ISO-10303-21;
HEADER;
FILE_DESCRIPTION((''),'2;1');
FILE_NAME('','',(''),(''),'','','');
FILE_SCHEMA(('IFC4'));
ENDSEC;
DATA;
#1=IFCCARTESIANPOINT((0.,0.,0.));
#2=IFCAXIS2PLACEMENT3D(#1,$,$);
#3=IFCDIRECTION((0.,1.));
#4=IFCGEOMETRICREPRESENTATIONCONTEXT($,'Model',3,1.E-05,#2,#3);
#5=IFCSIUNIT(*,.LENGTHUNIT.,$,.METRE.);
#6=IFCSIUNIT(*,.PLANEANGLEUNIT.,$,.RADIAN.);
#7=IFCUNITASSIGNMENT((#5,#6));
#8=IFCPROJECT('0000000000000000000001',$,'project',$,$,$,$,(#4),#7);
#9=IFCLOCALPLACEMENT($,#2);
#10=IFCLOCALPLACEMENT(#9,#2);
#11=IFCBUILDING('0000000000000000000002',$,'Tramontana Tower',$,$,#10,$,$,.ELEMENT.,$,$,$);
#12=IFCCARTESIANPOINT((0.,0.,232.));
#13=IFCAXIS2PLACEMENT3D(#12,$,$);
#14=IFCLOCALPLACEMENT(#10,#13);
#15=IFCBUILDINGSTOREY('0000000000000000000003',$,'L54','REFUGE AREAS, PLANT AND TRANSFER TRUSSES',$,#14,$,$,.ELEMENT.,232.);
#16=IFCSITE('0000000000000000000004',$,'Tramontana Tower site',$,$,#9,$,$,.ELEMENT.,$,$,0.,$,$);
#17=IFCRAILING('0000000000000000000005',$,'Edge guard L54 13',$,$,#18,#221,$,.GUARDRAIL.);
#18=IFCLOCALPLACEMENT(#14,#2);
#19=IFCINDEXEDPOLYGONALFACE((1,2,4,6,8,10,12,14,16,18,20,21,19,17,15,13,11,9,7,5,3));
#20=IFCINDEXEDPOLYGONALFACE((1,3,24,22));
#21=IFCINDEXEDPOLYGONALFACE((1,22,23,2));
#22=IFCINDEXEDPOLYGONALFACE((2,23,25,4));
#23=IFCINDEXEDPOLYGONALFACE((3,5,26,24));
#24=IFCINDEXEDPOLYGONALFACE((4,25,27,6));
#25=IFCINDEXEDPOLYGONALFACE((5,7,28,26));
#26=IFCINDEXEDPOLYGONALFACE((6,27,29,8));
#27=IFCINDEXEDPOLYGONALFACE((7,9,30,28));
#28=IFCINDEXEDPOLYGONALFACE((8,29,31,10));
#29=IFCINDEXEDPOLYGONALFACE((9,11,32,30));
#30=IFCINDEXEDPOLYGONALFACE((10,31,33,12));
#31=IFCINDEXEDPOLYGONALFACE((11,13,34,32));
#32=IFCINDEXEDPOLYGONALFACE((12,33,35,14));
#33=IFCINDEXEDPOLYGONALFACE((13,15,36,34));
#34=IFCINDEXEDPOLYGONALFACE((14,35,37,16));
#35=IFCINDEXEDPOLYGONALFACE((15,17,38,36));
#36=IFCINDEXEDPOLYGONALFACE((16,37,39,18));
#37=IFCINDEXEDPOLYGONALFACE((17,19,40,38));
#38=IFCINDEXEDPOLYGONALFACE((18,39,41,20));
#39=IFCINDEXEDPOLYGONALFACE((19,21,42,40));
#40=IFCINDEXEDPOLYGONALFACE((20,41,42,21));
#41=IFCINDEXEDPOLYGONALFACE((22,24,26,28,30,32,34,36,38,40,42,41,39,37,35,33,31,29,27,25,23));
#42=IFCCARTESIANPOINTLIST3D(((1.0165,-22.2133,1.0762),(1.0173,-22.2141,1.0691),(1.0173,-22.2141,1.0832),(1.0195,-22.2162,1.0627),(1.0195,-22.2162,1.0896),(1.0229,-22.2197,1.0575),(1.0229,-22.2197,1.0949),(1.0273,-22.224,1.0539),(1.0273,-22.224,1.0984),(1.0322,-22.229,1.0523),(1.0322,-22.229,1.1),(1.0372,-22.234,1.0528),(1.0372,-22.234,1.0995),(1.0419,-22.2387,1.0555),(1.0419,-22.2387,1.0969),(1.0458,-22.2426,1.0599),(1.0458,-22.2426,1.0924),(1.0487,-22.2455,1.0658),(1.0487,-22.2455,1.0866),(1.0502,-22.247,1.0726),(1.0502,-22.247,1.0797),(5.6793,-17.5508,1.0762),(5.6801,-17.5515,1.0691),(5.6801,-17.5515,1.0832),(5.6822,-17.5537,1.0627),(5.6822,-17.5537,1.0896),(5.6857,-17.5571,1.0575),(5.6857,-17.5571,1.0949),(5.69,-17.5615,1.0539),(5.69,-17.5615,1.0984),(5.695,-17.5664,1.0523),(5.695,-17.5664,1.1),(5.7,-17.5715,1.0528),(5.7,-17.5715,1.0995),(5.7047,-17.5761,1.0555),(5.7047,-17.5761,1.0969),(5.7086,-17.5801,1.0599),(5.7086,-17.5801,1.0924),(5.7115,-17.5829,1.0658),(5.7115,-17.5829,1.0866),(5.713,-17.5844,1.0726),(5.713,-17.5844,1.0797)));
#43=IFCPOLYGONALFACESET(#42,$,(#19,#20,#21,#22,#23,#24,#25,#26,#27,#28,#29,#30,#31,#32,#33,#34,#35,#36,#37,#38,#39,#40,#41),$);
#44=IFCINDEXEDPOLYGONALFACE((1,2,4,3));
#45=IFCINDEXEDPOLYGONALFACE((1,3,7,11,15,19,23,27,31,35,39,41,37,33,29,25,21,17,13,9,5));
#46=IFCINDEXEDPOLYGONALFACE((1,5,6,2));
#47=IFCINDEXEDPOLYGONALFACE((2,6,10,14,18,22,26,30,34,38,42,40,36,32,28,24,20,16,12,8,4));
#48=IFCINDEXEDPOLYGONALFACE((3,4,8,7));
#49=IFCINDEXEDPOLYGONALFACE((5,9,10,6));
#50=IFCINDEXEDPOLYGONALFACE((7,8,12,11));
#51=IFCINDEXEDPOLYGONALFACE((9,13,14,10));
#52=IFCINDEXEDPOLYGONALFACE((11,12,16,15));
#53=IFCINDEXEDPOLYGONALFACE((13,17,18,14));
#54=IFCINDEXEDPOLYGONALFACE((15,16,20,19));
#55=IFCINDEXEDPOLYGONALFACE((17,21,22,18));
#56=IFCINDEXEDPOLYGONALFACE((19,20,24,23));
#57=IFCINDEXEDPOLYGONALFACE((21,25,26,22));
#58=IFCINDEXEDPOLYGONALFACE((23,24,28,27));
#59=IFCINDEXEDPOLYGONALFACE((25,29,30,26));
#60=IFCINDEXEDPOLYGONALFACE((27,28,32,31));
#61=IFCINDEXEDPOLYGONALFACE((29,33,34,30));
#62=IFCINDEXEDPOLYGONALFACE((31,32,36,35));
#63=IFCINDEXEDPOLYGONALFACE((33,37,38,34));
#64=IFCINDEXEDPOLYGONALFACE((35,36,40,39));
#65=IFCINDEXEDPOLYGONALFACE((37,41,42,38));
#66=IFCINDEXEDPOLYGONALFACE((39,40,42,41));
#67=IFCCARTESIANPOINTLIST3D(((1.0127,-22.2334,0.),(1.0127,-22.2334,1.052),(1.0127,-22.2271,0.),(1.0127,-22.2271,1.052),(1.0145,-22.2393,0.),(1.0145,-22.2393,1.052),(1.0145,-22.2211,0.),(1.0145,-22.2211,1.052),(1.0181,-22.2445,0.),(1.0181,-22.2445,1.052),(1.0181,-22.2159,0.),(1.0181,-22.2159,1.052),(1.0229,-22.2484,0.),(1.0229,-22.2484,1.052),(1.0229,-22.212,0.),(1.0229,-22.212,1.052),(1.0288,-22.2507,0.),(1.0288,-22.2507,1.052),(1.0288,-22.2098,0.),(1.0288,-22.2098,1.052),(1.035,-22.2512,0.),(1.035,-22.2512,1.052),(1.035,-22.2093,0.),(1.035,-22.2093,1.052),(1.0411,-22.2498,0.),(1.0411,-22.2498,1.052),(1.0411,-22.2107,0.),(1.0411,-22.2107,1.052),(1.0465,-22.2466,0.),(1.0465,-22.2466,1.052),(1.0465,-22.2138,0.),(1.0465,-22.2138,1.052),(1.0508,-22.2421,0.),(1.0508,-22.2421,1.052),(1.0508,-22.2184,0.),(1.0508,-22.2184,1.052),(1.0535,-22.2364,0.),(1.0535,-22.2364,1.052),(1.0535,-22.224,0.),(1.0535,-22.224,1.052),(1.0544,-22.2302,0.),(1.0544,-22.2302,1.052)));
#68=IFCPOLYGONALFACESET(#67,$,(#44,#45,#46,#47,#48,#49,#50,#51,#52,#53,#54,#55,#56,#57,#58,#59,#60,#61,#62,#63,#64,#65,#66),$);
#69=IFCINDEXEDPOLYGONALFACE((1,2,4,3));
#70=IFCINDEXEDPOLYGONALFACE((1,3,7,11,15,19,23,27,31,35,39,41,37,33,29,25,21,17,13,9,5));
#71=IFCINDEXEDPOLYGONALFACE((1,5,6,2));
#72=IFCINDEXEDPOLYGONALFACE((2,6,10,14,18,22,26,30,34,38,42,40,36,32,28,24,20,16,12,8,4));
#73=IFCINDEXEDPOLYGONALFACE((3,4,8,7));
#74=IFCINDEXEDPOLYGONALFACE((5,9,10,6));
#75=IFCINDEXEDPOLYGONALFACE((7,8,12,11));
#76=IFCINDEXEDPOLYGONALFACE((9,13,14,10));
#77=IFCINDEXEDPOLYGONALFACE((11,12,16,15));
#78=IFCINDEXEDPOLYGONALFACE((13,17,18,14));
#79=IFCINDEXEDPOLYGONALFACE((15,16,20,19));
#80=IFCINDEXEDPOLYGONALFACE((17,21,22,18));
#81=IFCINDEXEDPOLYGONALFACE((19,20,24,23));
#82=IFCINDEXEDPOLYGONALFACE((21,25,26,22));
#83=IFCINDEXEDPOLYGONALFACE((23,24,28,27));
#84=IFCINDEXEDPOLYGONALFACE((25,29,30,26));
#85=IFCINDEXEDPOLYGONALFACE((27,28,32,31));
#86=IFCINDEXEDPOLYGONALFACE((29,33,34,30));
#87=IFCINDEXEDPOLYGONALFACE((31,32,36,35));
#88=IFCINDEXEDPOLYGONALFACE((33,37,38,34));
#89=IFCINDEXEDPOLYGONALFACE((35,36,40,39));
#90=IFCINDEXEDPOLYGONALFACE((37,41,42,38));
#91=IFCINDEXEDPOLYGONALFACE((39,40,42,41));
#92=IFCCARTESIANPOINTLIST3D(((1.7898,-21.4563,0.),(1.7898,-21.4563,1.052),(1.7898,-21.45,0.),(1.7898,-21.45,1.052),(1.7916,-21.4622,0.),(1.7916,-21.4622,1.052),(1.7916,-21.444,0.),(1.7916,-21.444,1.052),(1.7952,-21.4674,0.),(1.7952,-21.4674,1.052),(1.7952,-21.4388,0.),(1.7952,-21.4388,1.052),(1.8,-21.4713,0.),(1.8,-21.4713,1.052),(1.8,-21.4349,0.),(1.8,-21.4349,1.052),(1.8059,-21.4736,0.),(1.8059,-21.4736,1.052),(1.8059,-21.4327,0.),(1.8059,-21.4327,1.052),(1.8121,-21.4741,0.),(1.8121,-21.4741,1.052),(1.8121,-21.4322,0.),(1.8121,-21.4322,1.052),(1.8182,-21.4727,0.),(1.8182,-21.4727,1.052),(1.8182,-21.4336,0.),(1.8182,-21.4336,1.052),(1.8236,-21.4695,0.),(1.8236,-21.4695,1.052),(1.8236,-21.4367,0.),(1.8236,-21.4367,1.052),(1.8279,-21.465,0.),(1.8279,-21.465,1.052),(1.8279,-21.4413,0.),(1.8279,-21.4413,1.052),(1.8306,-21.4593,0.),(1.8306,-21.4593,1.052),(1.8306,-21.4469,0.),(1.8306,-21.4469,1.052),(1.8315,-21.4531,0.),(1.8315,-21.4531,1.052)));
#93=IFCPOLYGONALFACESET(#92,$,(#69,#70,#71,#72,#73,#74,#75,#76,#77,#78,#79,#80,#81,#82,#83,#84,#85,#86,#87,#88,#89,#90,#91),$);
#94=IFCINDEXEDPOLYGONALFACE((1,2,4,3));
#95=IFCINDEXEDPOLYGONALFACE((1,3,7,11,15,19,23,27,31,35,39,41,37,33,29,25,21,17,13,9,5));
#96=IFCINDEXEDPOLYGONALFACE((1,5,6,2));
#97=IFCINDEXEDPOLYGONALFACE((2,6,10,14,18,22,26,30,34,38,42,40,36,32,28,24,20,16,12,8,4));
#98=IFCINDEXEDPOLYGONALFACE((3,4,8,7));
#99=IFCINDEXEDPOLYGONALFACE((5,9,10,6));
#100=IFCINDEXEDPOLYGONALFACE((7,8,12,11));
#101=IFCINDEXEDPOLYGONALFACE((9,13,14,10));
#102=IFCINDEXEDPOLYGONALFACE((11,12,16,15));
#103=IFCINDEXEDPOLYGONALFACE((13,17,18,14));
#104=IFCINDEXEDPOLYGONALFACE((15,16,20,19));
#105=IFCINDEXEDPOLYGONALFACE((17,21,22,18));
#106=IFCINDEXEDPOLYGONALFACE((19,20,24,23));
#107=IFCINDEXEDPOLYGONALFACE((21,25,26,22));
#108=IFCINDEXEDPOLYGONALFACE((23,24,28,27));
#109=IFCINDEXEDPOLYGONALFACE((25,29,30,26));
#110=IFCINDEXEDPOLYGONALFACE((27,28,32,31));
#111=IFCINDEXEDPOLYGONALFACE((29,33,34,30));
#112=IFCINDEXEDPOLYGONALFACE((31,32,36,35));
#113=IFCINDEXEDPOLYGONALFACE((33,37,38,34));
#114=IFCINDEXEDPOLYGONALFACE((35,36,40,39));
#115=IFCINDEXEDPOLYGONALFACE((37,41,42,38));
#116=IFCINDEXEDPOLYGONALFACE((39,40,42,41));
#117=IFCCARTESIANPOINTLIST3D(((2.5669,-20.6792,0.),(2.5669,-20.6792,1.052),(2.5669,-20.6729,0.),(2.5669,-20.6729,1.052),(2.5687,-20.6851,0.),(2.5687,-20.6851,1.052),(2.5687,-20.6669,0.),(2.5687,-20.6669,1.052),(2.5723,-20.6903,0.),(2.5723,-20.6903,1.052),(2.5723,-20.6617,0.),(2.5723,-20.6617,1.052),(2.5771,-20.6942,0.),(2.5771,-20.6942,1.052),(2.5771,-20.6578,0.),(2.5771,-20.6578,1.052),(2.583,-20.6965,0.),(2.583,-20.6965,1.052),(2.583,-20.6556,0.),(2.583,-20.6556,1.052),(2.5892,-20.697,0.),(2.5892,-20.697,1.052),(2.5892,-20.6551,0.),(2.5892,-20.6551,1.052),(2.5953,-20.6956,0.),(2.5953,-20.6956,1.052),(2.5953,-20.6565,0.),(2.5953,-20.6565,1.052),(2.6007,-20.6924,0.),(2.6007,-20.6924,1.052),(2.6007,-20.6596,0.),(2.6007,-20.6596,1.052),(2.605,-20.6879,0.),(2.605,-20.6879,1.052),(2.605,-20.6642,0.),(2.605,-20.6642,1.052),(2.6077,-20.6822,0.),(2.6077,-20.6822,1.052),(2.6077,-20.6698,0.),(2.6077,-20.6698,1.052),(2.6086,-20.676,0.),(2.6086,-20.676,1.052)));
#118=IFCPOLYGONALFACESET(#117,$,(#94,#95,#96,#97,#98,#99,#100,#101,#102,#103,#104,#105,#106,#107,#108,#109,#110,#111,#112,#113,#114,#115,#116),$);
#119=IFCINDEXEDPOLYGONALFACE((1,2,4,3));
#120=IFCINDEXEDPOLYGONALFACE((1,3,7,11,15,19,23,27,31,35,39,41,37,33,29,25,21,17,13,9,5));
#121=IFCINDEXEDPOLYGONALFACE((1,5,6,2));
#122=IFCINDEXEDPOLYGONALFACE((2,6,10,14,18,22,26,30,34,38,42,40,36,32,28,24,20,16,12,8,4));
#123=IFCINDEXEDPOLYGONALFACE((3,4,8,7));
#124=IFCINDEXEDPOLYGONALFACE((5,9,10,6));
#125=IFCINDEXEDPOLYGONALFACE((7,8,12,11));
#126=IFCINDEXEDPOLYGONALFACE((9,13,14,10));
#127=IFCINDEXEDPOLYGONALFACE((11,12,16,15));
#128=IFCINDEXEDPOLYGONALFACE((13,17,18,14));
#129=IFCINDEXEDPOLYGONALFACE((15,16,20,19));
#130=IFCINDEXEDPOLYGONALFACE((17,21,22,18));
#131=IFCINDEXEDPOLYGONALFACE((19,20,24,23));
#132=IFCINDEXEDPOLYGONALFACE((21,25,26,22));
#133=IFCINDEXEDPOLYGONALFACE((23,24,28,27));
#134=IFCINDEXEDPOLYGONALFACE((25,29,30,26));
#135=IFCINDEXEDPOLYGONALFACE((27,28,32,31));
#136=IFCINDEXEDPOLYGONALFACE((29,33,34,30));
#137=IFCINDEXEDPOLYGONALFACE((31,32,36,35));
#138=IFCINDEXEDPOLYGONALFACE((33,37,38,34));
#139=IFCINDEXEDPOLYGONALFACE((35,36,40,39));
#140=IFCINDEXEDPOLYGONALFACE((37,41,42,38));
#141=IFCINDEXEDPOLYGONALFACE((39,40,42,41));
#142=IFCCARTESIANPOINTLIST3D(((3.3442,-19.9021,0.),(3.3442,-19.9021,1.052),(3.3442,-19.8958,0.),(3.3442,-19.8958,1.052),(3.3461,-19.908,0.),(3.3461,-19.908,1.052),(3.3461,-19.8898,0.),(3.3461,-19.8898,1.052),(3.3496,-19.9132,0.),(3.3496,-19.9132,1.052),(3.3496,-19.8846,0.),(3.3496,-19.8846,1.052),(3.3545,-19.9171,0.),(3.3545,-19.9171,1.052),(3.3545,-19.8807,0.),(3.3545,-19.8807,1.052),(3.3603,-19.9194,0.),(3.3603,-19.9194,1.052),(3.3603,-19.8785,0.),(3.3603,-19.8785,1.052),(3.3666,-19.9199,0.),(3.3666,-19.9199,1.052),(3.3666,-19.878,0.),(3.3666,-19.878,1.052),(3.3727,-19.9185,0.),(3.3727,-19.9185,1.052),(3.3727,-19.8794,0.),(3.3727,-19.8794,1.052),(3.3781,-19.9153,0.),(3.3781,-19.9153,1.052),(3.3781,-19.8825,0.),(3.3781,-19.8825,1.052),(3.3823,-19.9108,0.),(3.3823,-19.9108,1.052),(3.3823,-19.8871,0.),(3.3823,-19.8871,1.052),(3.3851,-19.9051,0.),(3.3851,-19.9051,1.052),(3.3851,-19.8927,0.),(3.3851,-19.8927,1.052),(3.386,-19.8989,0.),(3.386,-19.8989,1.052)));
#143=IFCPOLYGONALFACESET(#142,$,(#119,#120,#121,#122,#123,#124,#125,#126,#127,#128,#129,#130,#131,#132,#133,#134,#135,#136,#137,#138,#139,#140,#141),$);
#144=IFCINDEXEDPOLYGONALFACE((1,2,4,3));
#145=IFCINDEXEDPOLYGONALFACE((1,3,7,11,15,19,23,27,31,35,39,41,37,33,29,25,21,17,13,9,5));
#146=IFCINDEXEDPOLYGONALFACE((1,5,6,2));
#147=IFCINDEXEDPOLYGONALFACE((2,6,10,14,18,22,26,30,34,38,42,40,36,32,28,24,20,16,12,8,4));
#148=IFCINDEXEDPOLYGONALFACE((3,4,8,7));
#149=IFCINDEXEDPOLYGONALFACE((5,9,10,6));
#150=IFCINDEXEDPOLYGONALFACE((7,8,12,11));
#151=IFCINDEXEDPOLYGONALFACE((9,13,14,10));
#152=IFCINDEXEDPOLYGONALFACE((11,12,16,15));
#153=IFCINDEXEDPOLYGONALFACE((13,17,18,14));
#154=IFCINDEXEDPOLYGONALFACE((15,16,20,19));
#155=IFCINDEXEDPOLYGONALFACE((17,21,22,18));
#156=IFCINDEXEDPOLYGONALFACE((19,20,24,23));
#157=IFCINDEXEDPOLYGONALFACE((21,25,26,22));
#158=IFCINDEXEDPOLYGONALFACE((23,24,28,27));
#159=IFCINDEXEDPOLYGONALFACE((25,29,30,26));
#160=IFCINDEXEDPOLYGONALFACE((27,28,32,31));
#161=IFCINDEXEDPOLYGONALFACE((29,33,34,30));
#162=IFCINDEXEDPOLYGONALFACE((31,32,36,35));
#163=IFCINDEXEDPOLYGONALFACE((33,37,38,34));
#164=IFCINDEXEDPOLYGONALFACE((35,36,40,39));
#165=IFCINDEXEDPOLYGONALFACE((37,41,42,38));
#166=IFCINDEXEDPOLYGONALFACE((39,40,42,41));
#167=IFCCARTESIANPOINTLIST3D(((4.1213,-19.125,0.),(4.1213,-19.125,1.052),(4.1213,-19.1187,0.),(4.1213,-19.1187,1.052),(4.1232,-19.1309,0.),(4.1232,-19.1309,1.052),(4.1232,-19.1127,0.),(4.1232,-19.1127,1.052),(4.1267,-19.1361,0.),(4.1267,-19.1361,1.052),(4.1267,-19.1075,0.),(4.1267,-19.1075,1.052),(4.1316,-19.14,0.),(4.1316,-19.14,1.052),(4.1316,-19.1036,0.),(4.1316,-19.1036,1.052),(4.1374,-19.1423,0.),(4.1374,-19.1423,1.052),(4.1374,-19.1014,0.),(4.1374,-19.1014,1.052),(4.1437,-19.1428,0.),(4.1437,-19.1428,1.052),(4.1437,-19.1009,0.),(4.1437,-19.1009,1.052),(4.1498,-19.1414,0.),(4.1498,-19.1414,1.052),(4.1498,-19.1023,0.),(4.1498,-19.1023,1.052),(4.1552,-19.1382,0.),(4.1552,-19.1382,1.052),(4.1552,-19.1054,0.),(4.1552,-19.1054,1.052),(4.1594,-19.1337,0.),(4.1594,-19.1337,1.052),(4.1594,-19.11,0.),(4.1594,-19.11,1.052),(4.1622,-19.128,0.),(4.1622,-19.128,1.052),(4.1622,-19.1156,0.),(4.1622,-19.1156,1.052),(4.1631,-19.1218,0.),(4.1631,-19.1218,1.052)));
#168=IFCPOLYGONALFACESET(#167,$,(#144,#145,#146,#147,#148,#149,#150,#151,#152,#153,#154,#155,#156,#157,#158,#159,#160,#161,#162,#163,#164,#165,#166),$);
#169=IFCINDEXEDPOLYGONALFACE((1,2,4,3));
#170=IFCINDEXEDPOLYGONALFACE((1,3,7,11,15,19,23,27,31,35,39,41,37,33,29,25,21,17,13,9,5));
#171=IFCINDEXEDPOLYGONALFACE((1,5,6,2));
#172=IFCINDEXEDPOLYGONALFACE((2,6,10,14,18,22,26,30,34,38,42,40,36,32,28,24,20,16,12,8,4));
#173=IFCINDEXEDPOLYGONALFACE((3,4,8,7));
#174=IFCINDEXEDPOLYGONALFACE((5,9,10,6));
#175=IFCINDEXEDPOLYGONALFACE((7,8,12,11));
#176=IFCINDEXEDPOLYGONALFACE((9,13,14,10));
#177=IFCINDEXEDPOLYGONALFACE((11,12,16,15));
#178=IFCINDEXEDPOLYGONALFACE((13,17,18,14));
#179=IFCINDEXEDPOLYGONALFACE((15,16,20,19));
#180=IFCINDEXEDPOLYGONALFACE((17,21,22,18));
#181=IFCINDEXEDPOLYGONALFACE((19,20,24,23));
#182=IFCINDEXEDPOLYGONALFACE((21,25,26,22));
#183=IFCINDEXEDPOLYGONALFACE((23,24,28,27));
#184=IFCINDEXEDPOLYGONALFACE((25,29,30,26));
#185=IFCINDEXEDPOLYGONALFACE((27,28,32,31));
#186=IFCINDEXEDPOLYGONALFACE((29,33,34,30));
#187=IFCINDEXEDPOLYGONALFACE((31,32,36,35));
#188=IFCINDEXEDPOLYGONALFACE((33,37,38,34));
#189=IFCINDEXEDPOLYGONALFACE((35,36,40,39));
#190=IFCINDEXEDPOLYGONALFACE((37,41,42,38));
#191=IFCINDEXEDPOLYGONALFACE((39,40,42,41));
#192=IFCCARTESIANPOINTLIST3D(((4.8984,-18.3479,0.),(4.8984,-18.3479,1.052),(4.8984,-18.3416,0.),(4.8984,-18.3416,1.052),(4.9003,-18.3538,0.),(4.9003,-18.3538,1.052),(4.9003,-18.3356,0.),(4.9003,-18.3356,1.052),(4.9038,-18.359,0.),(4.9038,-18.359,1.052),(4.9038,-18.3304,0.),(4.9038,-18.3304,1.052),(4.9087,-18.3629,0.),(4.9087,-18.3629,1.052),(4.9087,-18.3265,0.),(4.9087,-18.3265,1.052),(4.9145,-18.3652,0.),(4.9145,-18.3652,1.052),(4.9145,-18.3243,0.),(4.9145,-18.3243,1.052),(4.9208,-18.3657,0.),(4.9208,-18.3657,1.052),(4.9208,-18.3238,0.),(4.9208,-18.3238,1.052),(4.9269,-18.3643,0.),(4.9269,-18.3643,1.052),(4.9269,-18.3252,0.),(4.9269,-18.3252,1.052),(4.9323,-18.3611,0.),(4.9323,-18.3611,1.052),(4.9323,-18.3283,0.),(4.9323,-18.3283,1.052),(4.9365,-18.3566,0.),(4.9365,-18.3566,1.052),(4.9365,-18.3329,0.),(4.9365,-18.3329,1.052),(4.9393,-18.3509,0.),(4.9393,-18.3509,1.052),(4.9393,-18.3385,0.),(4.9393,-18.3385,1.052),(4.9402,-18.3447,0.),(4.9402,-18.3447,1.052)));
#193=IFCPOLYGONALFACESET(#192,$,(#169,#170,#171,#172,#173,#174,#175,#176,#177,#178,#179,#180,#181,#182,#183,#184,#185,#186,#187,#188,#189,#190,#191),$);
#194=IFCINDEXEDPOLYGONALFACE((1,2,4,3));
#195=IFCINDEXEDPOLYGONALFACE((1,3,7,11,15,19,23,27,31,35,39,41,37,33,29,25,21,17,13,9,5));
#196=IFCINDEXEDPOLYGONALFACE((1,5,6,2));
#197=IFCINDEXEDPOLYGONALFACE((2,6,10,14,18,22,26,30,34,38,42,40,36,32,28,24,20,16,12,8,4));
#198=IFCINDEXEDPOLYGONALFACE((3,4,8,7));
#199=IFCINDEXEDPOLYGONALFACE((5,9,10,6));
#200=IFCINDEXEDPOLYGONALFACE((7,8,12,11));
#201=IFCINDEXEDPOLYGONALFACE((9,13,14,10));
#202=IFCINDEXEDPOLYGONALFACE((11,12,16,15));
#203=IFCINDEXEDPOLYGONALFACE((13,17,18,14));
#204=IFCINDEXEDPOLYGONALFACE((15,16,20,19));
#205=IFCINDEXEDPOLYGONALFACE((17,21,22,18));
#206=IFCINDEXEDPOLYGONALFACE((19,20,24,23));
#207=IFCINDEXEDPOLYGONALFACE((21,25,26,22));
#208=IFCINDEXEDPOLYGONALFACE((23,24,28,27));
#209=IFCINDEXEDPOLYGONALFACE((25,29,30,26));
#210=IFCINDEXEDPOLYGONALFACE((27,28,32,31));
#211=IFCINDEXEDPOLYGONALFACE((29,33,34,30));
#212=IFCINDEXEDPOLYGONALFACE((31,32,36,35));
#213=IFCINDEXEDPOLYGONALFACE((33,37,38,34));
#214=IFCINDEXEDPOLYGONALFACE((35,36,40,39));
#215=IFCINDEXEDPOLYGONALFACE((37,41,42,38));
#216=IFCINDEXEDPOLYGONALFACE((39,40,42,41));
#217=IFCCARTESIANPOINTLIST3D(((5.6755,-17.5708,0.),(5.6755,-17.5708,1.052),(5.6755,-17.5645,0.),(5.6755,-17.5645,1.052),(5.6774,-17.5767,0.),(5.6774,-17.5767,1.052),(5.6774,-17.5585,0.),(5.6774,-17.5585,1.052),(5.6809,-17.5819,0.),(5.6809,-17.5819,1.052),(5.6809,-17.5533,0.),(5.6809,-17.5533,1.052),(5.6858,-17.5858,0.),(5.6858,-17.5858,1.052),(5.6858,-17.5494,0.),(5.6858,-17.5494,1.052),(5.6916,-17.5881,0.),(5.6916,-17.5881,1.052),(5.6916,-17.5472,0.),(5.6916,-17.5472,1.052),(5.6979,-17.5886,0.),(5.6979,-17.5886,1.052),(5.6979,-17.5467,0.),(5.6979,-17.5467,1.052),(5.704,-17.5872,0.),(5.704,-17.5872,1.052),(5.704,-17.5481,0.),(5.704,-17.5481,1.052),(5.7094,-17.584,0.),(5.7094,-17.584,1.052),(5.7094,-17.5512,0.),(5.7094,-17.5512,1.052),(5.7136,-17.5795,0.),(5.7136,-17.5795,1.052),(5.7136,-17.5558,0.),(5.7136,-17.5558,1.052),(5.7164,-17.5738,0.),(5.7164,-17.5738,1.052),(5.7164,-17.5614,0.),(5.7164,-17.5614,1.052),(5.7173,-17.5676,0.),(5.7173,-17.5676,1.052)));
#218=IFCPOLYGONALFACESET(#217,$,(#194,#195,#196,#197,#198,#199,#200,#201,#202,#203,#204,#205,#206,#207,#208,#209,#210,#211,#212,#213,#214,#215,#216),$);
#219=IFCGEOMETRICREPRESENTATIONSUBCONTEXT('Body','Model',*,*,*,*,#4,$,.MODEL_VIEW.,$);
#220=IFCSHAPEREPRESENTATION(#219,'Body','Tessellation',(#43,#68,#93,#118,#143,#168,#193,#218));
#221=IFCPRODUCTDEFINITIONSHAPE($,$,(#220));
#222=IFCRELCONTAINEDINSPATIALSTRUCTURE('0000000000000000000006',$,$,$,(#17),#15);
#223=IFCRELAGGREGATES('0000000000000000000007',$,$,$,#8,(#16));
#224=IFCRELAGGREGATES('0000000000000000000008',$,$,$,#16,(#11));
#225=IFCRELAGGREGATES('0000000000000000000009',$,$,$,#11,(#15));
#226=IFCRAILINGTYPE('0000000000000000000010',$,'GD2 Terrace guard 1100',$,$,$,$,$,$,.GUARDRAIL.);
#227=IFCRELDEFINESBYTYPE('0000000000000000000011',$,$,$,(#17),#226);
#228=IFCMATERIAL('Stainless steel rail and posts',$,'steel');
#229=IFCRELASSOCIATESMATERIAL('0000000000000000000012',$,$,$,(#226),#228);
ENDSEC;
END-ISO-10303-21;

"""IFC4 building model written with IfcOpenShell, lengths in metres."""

from ifc_helpers import new_model, si_unit, direction, frame, origin, origin_2d, place, context, subcontext, project, spatial, circle, extrude, material, type_object, element, save


model = new_model("IFC4")

# Units and contexts
model_context = context("Model", 3, precision=1e-05, world=origin(), true_north=direction((0.0, 1.0)))
body_context = subcontext(model_context, "Body", "Model", "MODEL_VIEW")
ifc_project = project(units=[si_unit("LENGTHUNIT", "METRE"), si_unit("PLANEANGLEUNIT", "RADIAN")], contexts=[model_context])

# Site, building, storey
site_placement = place(None, origin())
site = spatial("IfcSite", under=ifc_project, at=site_placement, Name="Tramontana Tower site", CompositionType="ELEMENT", RefElevation=0.0)
building_placement = place(site_placement, origin())
building = spatial("IfcBuilding", under=site, at=building_placement, Name="Tramontana Tower", CompositionType="ELEMENT")
storey_placement = place(building_placement, frame((0.0, 0.0, 232.0)))
storey = spatial("IfcBuildingStorey", under=building, at=storey_placement, Name="L54", Description="REFUGE AREAS, PLANT AND TRANSFER TRUSSES", CompositionType="ELEMENT", Elevation=232.0)

# Railing
ifc_material_1 = material(Name="Stainless steel rail and posts", Category="steel")
railing_type = type_object("IfcRailingType", Name="GD2 Terrace guard 1100", PredefinedType="GUARDRAIL", material=ifc_material_1)
railing_1_placement = place(storey_placement, frame((1.0334, -22.2302, 0.0)))
element("IfcRailing", 1, at=railing_1_placement, inside=storey, type_object=railing_type, Name="Edge guard L54 13", PredefinedType="GUARDRAIL", context=body_context, shape_type="SweptSolid", body=[
    extrude(circle(Radius=0.0239, at=origin_2d()), frame((0.0, 0.0, 1.0762), z_axis=(0.707125, 0.707088, 0.0), x_axis=(-0.707088, 0.707125, 0.0)), (0.0, 0.0, 1.0), 6.594),
    extrude(circle(Radius=0.021, at=origin_2d()), origin(), (0.0, 0.0, 1.0), 1.052),
    extrude(circle(Radius=0.021, at=origin_2d()), frame((0.7771, 0.7771, 0.0)), (0.0, 0.0, 1.0), 1.052),
    extrude(circle(Radius=0.021, at=origin_2d()), frame((1.5542, 1.5542, 0.0)), (0.0, 0.0, 1.0), 1.052),
    extrude(circle(Radius=0.021, at=origin_2d()), frame((2.3315, 2.3313, 0.0)), (0.0, 0.0, 1.0), 1.052),
    extrude(circle(Radius=0.021, at=origin_2d()), frame((3.1086, 3.1084, 0.0)), (0.0, 0.0, 1.0), 1.052),
    extrude(circle(Radius=0.021, at=origin_2d()), frame((3.8857, 3.8855, 0.0)), (0.0, 0.0, 1.0), 1.052),
    extrude(circle(Radius=0.021, at=origin_2d()), frame((4.6628, 4.6626, 0.0)), (0.0, 0.0, 1.0), 1.052),
])

save(model, "model.ifc")
